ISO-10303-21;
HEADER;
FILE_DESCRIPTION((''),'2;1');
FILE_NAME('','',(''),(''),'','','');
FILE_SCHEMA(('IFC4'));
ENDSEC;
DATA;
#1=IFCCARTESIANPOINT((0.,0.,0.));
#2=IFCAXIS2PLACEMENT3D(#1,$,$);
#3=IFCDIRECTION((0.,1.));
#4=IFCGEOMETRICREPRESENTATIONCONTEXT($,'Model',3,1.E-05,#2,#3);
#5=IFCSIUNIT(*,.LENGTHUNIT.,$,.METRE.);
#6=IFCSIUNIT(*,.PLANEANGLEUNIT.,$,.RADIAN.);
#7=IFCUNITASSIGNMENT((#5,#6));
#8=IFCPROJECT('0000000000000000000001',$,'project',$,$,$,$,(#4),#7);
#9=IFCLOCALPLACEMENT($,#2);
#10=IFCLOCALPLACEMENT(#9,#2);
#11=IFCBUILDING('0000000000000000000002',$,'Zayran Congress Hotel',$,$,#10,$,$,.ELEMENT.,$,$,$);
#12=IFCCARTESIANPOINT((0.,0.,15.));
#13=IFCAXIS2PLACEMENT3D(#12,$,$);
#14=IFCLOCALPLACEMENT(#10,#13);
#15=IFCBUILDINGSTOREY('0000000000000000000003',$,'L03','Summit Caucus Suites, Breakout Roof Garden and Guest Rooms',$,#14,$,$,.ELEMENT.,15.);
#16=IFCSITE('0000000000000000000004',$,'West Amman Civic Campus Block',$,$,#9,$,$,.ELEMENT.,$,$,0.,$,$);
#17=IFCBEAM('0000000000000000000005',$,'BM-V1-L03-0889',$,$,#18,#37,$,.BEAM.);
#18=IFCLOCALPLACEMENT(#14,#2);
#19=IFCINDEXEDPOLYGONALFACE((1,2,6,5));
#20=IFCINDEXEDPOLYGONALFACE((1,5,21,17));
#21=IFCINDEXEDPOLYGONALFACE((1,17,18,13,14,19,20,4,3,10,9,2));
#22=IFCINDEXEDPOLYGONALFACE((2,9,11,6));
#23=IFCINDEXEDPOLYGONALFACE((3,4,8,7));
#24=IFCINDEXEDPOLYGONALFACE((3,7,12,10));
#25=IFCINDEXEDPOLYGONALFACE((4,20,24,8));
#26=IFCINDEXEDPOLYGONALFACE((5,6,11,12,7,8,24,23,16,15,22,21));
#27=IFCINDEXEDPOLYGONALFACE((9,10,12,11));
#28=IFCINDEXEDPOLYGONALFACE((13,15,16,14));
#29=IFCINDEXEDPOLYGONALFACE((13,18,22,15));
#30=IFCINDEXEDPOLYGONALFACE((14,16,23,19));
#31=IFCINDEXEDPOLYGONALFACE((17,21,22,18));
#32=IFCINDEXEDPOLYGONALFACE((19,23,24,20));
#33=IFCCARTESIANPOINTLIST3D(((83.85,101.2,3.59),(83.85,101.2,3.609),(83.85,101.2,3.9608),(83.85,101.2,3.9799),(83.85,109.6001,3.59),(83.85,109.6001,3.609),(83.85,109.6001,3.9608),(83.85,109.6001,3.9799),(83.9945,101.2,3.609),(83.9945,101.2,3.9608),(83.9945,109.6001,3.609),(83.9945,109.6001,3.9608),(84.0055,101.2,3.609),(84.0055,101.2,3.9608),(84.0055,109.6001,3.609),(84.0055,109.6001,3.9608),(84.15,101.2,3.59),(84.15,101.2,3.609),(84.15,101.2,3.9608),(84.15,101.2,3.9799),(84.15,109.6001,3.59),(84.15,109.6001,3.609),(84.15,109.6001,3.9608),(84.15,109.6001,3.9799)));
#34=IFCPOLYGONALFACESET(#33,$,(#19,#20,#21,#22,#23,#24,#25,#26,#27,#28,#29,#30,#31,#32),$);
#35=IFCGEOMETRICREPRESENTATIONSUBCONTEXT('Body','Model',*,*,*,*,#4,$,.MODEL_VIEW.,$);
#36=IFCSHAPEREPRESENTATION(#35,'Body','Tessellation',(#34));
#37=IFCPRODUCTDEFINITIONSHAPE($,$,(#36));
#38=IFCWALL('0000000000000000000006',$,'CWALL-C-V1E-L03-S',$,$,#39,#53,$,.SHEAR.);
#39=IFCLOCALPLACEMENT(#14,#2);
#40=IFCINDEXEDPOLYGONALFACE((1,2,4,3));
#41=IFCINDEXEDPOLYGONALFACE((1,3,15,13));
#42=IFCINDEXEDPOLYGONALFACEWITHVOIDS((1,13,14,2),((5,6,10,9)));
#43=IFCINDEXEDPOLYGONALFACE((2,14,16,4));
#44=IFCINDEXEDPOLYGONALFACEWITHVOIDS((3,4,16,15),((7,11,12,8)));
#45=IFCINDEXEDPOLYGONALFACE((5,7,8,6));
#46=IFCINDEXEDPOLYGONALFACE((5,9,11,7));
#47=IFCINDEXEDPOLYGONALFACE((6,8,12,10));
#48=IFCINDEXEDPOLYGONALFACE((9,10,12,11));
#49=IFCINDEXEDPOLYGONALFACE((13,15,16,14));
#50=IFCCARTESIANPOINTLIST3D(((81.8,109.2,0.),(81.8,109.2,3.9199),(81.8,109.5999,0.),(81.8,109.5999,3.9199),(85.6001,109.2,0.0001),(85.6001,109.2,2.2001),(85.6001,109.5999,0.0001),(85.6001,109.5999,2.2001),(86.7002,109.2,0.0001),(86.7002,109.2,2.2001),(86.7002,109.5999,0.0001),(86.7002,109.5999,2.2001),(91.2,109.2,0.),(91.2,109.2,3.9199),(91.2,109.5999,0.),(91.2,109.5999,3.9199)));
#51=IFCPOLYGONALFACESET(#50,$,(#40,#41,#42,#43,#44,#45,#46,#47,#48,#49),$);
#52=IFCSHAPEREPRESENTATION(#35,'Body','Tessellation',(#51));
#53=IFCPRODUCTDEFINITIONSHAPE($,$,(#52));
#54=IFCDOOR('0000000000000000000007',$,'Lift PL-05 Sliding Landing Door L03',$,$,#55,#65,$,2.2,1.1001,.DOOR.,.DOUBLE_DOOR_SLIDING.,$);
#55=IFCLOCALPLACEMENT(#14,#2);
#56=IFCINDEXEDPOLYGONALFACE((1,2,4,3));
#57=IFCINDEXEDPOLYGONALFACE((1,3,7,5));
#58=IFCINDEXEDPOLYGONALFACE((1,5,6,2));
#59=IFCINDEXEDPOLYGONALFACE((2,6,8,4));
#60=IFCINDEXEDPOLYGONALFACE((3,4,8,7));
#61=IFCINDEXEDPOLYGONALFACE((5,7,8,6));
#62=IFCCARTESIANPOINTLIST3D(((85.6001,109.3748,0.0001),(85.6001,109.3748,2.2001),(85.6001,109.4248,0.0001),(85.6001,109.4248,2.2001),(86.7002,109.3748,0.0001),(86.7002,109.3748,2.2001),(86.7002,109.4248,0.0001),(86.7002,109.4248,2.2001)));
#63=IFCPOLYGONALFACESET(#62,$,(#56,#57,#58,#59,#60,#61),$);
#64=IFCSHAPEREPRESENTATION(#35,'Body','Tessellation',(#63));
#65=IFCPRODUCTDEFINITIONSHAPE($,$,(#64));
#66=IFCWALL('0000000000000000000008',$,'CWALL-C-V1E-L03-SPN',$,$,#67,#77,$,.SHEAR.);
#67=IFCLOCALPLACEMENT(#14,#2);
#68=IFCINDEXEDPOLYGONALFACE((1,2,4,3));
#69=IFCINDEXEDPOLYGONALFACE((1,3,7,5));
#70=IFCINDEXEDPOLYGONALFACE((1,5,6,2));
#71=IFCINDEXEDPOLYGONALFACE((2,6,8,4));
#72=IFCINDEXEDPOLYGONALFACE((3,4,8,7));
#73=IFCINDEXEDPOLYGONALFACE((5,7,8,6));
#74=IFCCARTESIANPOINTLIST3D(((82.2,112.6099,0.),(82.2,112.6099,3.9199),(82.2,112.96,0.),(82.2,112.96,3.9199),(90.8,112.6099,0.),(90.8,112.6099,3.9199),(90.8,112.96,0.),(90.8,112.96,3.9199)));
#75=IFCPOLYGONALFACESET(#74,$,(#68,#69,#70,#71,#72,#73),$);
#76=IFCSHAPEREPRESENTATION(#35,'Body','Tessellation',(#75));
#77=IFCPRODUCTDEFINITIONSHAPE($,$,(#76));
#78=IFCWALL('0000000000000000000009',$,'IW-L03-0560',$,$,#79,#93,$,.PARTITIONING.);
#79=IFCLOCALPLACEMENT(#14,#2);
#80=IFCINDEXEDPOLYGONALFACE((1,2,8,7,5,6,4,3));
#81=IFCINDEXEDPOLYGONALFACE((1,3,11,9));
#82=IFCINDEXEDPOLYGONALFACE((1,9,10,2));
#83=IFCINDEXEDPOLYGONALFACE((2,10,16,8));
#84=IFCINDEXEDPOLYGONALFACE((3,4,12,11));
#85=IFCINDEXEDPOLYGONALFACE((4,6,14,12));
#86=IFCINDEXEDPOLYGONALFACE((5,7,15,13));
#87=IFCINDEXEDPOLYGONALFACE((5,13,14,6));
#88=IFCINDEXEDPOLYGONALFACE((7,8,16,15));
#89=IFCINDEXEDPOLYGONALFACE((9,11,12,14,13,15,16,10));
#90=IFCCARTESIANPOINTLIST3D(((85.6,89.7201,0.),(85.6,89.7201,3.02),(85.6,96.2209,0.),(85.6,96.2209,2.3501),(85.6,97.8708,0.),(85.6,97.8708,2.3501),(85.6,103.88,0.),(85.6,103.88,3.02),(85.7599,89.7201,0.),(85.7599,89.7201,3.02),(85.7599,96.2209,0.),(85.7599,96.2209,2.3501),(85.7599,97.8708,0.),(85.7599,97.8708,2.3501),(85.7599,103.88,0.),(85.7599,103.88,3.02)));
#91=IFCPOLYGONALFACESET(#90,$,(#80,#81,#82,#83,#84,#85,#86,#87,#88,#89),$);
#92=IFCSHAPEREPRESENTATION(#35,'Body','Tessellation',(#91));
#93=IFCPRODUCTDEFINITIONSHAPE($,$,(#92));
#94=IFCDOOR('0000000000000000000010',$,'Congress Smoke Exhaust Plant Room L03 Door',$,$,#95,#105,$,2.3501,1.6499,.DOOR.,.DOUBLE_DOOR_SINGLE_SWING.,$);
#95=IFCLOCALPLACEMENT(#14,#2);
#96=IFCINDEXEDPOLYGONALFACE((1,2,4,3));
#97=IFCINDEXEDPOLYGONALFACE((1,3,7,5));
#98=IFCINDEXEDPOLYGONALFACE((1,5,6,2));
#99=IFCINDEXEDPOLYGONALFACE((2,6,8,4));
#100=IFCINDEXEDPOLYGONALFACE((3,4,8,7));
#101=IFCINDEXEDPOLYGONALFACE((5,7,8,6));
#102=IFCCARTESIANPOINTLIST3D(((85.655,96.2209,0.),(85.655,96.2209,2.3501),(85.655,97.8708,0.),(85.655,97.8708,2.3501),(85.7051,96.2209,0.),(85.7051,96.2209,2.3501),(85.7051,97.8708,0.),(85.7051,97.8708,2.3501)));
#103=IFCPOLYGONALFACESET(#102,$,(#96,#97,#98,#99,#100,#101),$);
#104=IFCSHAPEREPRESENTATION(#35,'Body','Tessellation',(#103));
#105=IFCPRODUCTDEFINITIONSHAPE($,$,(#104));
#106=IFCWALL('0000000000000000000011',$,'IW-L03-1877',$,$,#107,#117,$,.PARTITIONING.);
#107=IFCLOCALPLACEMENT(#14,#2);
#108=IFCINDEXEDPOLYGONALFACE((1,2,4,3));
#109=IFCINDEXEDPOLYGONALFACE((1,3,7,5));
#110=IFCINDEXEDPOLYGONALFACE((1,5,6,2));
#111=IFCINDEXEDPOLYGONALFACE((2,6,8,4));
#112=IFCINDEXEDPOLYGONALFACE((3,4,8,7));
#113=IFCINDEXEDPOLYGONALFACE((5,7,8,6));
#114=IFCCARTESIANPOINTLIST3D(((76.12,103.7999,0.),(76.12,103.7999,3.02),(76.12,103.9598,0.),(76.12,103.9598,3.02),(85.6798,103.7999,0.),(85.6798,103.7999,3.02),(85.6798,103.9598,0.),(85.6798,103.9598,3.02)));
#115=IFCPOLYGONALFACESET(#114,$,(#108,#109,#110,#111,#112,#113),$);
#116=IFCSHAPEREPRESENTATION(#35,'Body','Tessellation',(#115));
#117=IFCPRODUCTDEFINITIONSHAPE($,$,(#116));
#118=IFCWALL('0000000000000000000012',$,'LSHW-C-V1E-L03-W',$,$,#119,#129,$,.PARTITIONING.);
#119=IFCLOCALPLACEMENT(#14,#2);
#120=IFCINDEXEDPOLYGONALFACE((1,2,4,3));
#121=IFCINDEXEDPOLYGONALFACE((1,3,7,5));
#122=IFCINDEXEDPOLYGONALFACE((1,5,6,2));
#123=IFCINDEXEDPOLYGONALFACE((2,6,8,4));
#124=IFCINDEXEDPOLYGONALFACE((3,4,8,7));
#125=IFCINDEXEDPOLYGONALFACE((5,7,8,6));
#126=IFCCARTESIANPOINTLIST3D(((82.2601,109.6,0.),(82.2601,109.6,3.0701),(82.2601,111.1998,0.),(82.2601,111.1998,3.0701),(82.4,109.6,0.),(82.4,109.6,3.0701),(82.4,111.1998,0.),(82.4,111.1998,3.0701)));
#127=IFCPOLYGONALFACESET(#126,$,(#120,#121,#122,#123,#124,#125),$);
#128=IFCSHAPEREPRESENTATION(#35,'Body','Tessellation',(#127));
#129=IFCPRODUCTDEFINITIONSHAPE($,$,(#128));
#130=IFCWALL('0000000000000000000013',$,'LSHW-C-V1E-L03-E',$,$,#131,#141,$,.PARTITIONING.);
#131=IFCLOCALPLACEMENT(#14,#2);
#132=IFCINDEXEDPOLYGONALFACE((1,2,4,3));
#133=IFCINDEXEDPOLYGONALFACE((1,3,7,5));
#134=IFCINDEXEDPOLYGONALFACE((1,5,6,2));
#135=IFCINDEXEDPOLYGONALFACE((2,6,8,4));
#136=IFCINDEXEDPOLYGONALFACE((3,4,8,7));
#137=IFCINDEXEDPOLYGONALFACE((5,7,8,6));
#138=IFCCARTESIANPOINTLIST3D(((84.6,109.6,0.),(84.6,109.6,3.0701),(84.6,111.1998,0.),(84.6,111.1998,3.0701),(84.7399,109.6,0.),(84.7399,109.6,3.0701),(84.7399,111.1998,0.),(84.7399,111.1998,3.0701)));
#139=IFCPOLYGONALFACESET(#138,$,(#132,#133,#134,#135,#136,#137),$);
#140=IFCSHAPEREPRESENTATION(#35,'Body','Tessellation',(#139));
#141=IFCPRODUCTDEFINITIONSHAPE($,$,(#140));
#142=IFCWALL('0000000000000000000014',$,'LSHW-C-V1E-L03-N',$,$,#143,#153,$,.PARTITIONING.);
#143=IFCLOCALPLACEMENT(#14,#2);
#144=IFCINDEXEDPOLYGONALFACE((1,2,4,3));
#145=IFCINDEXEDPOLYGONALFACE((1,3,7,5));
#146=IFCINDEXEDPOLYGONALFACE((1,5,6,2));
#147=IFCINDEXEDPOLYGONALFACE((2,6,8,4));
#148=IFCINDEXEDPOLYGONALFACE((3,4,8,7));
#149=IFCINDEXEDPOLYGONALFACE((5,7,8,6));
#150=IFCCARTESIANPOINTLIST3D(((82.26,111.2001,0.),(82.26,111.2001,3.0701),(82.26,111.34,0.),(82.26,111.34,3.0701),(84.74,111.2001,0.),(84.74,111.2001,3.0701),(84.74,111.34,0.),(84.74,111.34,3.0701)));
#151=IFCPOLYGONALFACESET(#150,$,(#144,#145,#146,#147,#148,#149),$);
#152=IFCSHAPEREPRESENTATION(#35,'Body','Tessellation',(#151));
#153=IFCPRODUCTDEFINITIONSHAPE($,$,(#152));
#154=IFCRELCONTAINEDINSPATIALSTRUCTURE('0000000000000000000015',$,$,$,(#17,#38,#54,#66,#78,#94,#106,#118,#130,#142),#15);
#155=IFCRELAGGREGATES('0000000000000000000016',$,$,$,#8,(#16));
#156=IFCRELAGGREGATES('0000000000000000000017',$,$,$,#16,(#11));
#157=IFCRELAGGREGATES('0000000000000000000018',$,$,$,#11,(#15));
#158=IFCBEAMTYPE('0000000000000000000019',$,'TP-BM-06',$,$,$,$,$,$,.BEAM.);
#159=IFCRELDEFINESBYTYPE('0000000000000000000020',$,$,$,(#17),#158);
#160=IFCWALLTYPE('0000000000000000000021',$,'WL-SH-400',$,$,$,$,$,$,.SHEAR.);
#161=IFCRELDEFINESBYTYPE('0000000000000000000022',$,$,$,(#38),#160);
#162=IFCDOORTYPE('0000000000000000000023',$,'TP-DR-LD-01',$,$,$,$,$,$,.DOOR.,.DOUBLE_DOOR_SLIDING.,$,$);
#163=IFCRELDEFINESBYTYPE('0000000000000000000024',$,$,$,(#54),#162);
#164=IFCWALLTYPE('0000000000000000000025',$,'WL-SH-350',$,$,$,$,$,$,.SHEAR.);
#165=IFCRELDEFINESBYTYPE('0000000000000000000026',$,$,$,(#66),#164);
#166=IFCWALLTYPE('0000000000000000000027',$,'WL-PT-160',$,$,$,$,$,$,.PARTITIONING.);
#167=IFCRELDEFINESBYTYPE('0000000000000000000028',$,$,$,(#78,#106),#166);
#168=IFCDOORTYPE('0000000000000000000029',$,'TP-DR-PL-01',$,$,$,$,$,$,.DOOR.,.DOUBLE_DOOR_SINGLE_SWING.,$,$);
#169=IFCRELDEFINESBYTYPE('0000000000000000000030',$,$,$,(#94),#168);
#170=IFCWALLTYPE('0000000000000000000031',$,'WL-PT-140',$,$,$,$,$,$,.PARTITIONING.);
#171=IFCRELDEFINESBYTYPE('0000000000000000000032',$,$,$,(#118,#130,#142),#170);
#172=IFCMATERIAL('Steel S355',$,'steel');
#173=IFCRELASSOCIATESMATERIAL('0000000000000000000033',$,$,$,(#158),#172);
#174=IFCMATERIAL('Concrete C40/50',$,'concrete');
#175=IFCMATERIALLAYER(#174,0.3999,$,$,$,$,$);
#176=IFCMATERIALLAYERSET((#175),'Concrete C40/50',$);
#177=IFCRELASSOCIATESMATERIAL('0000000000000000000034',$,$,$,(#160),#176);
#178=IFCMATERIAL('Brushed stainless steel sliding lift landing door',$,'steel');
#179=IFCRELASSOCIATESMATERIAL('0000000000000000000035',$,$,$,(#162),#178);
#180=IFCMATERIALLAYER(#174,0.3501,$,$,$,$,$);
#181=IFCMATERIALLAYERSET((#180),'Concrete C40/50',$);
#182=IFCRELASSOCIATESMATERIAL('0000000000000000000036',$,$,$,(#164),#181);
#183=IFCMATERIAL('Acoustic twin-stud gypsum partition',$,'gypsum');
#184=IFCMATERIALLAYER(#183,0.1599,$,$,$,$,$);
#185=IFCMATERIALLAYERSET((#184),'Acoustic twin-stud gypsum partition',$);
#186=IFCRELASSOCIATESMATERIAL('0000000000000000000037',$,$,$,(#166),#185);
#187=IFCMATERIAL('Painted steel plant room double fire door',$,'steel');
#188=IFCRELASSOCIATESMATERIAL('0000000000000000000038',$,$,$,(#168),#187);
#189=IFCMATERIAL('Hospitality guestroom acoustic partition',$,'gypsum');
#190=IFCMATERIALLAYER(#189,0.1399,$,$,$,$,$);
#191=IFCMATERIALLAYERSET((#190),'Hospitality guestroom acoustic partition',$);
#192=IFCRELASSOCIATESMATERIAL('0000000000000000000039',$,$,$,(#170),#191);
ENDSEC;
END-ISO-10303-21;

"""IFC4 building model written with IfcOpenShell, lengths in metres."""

from ifc_helpers import new_model, si_unit, direction, frame, frame_2d, origin, origin_2d, place, context, subcontext, project, spatial, rectangle, i_section, extrude, material, layer, layer_set, material_profile, profile_set, type_object, element, fill, save


model = new_model("IFC4")

# Units and contexts
model_context = context("Model", 3, precision=1e-05, world=origin(), true_north=direction((0.0, 1.0)))
body_context = subcontext(model_context, "Body", "Model", "MODEL_VIEW")
ifc_project = project(units=[si_unit("LENGTHUNIT", "METRE"), si_unit("PLANEANGLEUNIT", "RADIAN")], contexts=[model_context])

# Site, building, storey
site_placement = place(None, origin())
site = spatial("IfcSite", under=ifc_project, at=site_placement, Name="West Amman Civic Campus Block", CompositionType="ELEMENT", RefElevation=0.0)
building_placement = place(site_placement, origin())
building = spatial("IfcBuilding", under=site, at=building_placement, Name="Zayran Congress Hotel", CompositionType="ELEMENT")
storey_placement = place(building_placement, frame((0.0, 0.0, 15.0)))
storey = spatial("IfcBuildingStorey", under=building, at=storey_placement, Name="L03", Description="Summit Caucus Suites, Breakout Roof Garden and Guest Rooms", CompositionType="ELEMENT", Elevation=15.0)

# Shared definitions
ifc_material_1 = material(Name="Steel S355", Category="steel")

# Beam
ifc_material_profile_1 = material_profile(ifc_material_1, i_section(OverallWidth=0.3, OverallDepth=0.3899, WebThickness=0.011, FlangeThickness=0.019, at=origin_2d()), Name="HEA 400")
ifc_profile_set_1 = profile_set([ifc_material_profile_1], Name="Steel S355")
beam_type_1 = type_object("IfcBeamType", Name="TP-BM-06", PredefinedType="BEAM", material=ifc_profile_set_1)
beam_1_placement = place(storey_placement, frame((84.0, 101.2, 3.7849), z_axis=(0.0, 1.0, 0.0), x_axis=(-1.0, 0.0, 0.0)))
element("IfcBeam", 1, at=beam_1_placement, inside=storey, type_object=beam_type_1, Name="BM-V1-L03-0889", PredefinedType="BEAM", context=body_context, shape_type="SweptSolid", body=[
    extrude(i_section(OverallWidth=0.3, OverallDepth=0.3899, WebThickness=0.011, FlangeThickness=0.019, at=origin_2d()), origin(), (0.0, 0.0, 1.0), 8.4001),
])

# Wall, opening, door
ifc_material_2 = material(Name="Concrete C40/50", Category="concrete")
ifc_layer_1 = layer(ifc_material_2, 0.3999)
ifc_layer_set_1 = layer_set([ifc_layer_1], Name="Concrete C40/50")
wall_type_1 = type_object("IfcWallType", Name="WL-SH-400", PredefinedType="SHEAR", material=ifc_layer_set_1)
wall_1_placement = place(storey_placement, frame((81.8, 109.3999, 0.0), z_axis=(0.0, 0.0, 1.0), x_axis=(1.0, 0.0, 0.0)))
wall_1 = element("IfcWall", 2, at=wall_1_placement, inside=storey, type_object=wall_type_1, Name="CWALL-C-V1E-L03-S", PredefinedType="SHEAR", context=body_context, shape_type="SweptSolid", body=[
    extrude(rectangle(XDim=9.3999, YDim=0.3999, at=frame_2d((4.7, 0.0))), origin(), (0.0, 0.0, 1.0), 3.9199),
])
opening_1_placement = place(wall_1_placement, frame((3.8, 0.0, 0.0)))
opening_1 = element("IfcOpeningElement", 3, at=opening_1_placement, cuts=wall_1, PredefinedType="OPENING", context=body_context, shape_type="SweptSolid", body=[
    extrude(rectangle(XDim=1.1001, YDim=2.2, at=frame_2d((0.55, 1.1001))), frame((0.0, 0.21, 0.0), z_axis=(0.0, -1.0, 0.0), x_axis=(1.0, 0.0, 0.0)), (0.0, 0.0, 1.0), 0.4199),
])
ifc_material_3 = material(Name="Brushed stainless steel sliding lift landing door", Category="steel")
door_type_1 = type_object("IfcDoorType", Name="TP-DR-LD-01", OperationType="DOUBLE_DOOR_SLIDING", PredefinedType="DOOR", material=ifc_material_3)
door_1_placement = place(opening_1_placement, origin())
door_1 = element("IfcDoor", 4, at=door_1_placement, inside=storey, type_object=door_type_1, Name="Lift PL-05 Sliding Landing Door L03", OperationType="DOUBLE_DOOR_SLIDING", OverallHeight=2.2, OverallWidth=1.1001, PredefinedType="DOOR", context=body_context, shape_type="SweptSolid", body=[
    extrude(rectangle(XDim=1.1001, YDim=2.2, at=frame_2d((0.55, 1.1001))), frame((0.0, 0.0249, 0.0), z_axis=(0.0, -1.0, 0.0), x_axis=(1.0, 0.0, 0.0)), (0.0, 0.0, 1.0), 0.05),
])
fill(opening_1, door_1)

# Wall
ifc_layer_2 = layer(ifc_material_2, 0.3501)
ifc_layer_set_2 = layer_set([ifc_layer_2], Name="Concrete C40/50")
wall_type_2 = type_object("IfcWallType", Name="WL-SH-350", PredefinedType="SHEAR", material=ifc_layer_set_2)
wall_2_placement = place(storey_placement, frame((82.2, 112.7849, 0.0), z_axis=(0.0, 0.0, 1.0), x_axis=(1.0, 0.0, 0.0)))
element("IfcWall", 5, at=wall_2_placement, inside=storey, type_object=wall_type_2, Name="CWALL-C-V1E-L03-SPN", PredefinedType="SHEAR", context=body_context, shape_type="SweptSolid", body=[
    extrude(rectangle(XDim=8.6001, YDim=0.3501, at=frame_2d((4.3, 0.0))), origin(), (0.0, 0.0, 1.0), 3.9199),
])

# Wall, opening, door
ifc_material_4 = material(Name="Acoustic twin-stud gypsum partition", Category="gypsum")
ifc_layer_3 = layer(ifc_material_4, 0.1599)
ifc_layer_set_3 = layer_set([ifc_layer_3], Name="Acoustic twin-stud gypsum partition")
wall_type_3 = type_object("IfcWallType", Name="WL-PT-160", PredefinedType="PARTITIONING", material=ifc_layer_set_3)
wall_3_placement = place(storey_placement, frame((85.6799, 89.72, 0.0), z_axis=(0.0, 0.0, 1.0), x_axis=(0.0, 1.0, 0.0)))
wall_3 = element("IfcWall", 6, at=wall_3_placement, inside=storey, type_object=wall_type_3, Name="IW-L03-0560", PredefinedType="PARTITIONING", context=body_context, shape_type="SweptSolid", body=[
    extrude(rectangle(XDim=14.1599, YDim=0.1599, at=frame_2d((7.0801, 0.0))), origin(), (0.0, 0.0, 1.0), 3.02),
])
opening_2_placement = place(wall_3_placement, frame((6.501, 0.0, 0.0)))
opening_2 = element("IfcOpeningElement", 7, at=opening_2_placement, cuts=wall_3, PredefinedType="OPENING", context=body_context, shape_type="SweptSolid", body=[
    extrude(rectangle(XDim=1.6499, YDim=2.3501, at=frame_2d((0.825, 1.175))), frame((0.0, 0.0898, 0.0), z_axis=(0.0, -1.0, 0.0), x_axis=(1.0, 0.0, 0.0)), (0.0, 0.0, 1.0), 0.1799),
])
ifc_material_5 = material(Name="Painted steel plant room double fire door", Category="steel")
door_type_2 = type_object("IfcDoorType", Name="TP-DR-PL-01", OperationType="DOUBLE_DOOR_SINGLE_SWING", PredefinedType="DOOR", material=ifc_material_5)
door_2_placement = place(opening_2_placement, origin())
door_2 = element("IfcDoor", 8, at=door_2_placement, inside=storey, type_object=door_type_2, Name="Congress Smoke Exhaust Plant Room L03 Door", OperationType="DOUBLE_DOOR_SINGLE_SWING", OverallHeight=2.3501, OverallWidth=1.6499, PredefinedType="DOOR", context=body_context, shape_type="SweptSolid", body=[
    extrude(rectangle(XDim=1.6499, YDim=2.3501, at=frame_2d((0.825, 1.175))), frame((0.0, 0.0249, 0.0), z_axis=(0.0, -1.0, 0.0), x_axis=(1.0, 0.0, 0.0)), (0.0, 0.0, 1.0), 0.05),
])
fill(opening_2, door_2)

# Walls
wall_4_placement = place(storey_placement, frame((76.1201, 103.8799, 0.0), z_axis=(0.0, 0.0, 1.0), x_axis=(1.0, 0.0, 0.0)))
element("IfcWall", 9, at=wall_4_placement, inside=storey, type_object=wall_type_3, Name="IW-L03-1877", PredefinedType="PARTITIONING", context=body_context, shape_type="SweptSolid", body=[
    extrude(rectangle(XDim=9.5598, YDim=0.1599, at=frame_2d((4.7798, 0.0))), origin(), (0.0, 0.0, 1.0), 3.02),
])
ifc_material_6 = material(Name="Hospitality guestroom acoustic partition", Category="gypsum")
ifc_layer_4 = layer(ifc_material_6, 0.1399)
ifc_layer_set_4 = layer_set([ifc_layer_4], Name="Hospitality guestroom acoustic partition")
wall_type_4 = type_object("IfcWallType", Name="WL-PT-140", PredefinedType="PARTITIONING", material=ifc_layer_set_4)
for number, where, z_axis, x_axis, name in (
    (10, (82.3301, 109.6001, 0.0), (0.0, 0.0, 1.0), (0.0, 1.0, 0.0), "LSHW-C-V1E-L03-W"),
    (11, (84.6699, 109.6001, 0.0), (0.0, 0.0, 1.0), (0.0, 1.0, 0.0), "LSHW-C-V1E-L03-E"),
):
    element("IfcWall", number, at=place(storey_placement, frame(where, z_axis=z_axis, x_axis=x_axis)), inside=storey, type_object=wall_type_4, Name=name, PredefinedType="PARTITIONING", context=body_context, shape_type="SweptSolid", body=[
        extrude(rectangle(XDim=1.5999, YDim=0.1399, at=frame_2d((0.7998, 0.0))), origin(), (0.0, 0.0, 1.0), 3.0701),
    ])
wall_5_placement = place(storey_placement, frame((82.26, 111.27, 0.0), z_axis=(0.0, 0.0, 1.0), x_axis=(1.0, 0.0, 0.0)))
element("IfcWall", 12, at=wall_5_placement, inside=storey, type_object=wall_type_4, Name="LSHW-C-V1E-L03-N", PredefinedType="PARTITIONING", context=body_context, shape_type="SweptSolid", body=[
    extrude(rectangle(XDim=2.48, YDim=0.1399, at=frame_2d((1.24, 0.0))), origin(), (0.0, 0.0, 1.0), 3.0701),
])

save(model, "model.ifc")
